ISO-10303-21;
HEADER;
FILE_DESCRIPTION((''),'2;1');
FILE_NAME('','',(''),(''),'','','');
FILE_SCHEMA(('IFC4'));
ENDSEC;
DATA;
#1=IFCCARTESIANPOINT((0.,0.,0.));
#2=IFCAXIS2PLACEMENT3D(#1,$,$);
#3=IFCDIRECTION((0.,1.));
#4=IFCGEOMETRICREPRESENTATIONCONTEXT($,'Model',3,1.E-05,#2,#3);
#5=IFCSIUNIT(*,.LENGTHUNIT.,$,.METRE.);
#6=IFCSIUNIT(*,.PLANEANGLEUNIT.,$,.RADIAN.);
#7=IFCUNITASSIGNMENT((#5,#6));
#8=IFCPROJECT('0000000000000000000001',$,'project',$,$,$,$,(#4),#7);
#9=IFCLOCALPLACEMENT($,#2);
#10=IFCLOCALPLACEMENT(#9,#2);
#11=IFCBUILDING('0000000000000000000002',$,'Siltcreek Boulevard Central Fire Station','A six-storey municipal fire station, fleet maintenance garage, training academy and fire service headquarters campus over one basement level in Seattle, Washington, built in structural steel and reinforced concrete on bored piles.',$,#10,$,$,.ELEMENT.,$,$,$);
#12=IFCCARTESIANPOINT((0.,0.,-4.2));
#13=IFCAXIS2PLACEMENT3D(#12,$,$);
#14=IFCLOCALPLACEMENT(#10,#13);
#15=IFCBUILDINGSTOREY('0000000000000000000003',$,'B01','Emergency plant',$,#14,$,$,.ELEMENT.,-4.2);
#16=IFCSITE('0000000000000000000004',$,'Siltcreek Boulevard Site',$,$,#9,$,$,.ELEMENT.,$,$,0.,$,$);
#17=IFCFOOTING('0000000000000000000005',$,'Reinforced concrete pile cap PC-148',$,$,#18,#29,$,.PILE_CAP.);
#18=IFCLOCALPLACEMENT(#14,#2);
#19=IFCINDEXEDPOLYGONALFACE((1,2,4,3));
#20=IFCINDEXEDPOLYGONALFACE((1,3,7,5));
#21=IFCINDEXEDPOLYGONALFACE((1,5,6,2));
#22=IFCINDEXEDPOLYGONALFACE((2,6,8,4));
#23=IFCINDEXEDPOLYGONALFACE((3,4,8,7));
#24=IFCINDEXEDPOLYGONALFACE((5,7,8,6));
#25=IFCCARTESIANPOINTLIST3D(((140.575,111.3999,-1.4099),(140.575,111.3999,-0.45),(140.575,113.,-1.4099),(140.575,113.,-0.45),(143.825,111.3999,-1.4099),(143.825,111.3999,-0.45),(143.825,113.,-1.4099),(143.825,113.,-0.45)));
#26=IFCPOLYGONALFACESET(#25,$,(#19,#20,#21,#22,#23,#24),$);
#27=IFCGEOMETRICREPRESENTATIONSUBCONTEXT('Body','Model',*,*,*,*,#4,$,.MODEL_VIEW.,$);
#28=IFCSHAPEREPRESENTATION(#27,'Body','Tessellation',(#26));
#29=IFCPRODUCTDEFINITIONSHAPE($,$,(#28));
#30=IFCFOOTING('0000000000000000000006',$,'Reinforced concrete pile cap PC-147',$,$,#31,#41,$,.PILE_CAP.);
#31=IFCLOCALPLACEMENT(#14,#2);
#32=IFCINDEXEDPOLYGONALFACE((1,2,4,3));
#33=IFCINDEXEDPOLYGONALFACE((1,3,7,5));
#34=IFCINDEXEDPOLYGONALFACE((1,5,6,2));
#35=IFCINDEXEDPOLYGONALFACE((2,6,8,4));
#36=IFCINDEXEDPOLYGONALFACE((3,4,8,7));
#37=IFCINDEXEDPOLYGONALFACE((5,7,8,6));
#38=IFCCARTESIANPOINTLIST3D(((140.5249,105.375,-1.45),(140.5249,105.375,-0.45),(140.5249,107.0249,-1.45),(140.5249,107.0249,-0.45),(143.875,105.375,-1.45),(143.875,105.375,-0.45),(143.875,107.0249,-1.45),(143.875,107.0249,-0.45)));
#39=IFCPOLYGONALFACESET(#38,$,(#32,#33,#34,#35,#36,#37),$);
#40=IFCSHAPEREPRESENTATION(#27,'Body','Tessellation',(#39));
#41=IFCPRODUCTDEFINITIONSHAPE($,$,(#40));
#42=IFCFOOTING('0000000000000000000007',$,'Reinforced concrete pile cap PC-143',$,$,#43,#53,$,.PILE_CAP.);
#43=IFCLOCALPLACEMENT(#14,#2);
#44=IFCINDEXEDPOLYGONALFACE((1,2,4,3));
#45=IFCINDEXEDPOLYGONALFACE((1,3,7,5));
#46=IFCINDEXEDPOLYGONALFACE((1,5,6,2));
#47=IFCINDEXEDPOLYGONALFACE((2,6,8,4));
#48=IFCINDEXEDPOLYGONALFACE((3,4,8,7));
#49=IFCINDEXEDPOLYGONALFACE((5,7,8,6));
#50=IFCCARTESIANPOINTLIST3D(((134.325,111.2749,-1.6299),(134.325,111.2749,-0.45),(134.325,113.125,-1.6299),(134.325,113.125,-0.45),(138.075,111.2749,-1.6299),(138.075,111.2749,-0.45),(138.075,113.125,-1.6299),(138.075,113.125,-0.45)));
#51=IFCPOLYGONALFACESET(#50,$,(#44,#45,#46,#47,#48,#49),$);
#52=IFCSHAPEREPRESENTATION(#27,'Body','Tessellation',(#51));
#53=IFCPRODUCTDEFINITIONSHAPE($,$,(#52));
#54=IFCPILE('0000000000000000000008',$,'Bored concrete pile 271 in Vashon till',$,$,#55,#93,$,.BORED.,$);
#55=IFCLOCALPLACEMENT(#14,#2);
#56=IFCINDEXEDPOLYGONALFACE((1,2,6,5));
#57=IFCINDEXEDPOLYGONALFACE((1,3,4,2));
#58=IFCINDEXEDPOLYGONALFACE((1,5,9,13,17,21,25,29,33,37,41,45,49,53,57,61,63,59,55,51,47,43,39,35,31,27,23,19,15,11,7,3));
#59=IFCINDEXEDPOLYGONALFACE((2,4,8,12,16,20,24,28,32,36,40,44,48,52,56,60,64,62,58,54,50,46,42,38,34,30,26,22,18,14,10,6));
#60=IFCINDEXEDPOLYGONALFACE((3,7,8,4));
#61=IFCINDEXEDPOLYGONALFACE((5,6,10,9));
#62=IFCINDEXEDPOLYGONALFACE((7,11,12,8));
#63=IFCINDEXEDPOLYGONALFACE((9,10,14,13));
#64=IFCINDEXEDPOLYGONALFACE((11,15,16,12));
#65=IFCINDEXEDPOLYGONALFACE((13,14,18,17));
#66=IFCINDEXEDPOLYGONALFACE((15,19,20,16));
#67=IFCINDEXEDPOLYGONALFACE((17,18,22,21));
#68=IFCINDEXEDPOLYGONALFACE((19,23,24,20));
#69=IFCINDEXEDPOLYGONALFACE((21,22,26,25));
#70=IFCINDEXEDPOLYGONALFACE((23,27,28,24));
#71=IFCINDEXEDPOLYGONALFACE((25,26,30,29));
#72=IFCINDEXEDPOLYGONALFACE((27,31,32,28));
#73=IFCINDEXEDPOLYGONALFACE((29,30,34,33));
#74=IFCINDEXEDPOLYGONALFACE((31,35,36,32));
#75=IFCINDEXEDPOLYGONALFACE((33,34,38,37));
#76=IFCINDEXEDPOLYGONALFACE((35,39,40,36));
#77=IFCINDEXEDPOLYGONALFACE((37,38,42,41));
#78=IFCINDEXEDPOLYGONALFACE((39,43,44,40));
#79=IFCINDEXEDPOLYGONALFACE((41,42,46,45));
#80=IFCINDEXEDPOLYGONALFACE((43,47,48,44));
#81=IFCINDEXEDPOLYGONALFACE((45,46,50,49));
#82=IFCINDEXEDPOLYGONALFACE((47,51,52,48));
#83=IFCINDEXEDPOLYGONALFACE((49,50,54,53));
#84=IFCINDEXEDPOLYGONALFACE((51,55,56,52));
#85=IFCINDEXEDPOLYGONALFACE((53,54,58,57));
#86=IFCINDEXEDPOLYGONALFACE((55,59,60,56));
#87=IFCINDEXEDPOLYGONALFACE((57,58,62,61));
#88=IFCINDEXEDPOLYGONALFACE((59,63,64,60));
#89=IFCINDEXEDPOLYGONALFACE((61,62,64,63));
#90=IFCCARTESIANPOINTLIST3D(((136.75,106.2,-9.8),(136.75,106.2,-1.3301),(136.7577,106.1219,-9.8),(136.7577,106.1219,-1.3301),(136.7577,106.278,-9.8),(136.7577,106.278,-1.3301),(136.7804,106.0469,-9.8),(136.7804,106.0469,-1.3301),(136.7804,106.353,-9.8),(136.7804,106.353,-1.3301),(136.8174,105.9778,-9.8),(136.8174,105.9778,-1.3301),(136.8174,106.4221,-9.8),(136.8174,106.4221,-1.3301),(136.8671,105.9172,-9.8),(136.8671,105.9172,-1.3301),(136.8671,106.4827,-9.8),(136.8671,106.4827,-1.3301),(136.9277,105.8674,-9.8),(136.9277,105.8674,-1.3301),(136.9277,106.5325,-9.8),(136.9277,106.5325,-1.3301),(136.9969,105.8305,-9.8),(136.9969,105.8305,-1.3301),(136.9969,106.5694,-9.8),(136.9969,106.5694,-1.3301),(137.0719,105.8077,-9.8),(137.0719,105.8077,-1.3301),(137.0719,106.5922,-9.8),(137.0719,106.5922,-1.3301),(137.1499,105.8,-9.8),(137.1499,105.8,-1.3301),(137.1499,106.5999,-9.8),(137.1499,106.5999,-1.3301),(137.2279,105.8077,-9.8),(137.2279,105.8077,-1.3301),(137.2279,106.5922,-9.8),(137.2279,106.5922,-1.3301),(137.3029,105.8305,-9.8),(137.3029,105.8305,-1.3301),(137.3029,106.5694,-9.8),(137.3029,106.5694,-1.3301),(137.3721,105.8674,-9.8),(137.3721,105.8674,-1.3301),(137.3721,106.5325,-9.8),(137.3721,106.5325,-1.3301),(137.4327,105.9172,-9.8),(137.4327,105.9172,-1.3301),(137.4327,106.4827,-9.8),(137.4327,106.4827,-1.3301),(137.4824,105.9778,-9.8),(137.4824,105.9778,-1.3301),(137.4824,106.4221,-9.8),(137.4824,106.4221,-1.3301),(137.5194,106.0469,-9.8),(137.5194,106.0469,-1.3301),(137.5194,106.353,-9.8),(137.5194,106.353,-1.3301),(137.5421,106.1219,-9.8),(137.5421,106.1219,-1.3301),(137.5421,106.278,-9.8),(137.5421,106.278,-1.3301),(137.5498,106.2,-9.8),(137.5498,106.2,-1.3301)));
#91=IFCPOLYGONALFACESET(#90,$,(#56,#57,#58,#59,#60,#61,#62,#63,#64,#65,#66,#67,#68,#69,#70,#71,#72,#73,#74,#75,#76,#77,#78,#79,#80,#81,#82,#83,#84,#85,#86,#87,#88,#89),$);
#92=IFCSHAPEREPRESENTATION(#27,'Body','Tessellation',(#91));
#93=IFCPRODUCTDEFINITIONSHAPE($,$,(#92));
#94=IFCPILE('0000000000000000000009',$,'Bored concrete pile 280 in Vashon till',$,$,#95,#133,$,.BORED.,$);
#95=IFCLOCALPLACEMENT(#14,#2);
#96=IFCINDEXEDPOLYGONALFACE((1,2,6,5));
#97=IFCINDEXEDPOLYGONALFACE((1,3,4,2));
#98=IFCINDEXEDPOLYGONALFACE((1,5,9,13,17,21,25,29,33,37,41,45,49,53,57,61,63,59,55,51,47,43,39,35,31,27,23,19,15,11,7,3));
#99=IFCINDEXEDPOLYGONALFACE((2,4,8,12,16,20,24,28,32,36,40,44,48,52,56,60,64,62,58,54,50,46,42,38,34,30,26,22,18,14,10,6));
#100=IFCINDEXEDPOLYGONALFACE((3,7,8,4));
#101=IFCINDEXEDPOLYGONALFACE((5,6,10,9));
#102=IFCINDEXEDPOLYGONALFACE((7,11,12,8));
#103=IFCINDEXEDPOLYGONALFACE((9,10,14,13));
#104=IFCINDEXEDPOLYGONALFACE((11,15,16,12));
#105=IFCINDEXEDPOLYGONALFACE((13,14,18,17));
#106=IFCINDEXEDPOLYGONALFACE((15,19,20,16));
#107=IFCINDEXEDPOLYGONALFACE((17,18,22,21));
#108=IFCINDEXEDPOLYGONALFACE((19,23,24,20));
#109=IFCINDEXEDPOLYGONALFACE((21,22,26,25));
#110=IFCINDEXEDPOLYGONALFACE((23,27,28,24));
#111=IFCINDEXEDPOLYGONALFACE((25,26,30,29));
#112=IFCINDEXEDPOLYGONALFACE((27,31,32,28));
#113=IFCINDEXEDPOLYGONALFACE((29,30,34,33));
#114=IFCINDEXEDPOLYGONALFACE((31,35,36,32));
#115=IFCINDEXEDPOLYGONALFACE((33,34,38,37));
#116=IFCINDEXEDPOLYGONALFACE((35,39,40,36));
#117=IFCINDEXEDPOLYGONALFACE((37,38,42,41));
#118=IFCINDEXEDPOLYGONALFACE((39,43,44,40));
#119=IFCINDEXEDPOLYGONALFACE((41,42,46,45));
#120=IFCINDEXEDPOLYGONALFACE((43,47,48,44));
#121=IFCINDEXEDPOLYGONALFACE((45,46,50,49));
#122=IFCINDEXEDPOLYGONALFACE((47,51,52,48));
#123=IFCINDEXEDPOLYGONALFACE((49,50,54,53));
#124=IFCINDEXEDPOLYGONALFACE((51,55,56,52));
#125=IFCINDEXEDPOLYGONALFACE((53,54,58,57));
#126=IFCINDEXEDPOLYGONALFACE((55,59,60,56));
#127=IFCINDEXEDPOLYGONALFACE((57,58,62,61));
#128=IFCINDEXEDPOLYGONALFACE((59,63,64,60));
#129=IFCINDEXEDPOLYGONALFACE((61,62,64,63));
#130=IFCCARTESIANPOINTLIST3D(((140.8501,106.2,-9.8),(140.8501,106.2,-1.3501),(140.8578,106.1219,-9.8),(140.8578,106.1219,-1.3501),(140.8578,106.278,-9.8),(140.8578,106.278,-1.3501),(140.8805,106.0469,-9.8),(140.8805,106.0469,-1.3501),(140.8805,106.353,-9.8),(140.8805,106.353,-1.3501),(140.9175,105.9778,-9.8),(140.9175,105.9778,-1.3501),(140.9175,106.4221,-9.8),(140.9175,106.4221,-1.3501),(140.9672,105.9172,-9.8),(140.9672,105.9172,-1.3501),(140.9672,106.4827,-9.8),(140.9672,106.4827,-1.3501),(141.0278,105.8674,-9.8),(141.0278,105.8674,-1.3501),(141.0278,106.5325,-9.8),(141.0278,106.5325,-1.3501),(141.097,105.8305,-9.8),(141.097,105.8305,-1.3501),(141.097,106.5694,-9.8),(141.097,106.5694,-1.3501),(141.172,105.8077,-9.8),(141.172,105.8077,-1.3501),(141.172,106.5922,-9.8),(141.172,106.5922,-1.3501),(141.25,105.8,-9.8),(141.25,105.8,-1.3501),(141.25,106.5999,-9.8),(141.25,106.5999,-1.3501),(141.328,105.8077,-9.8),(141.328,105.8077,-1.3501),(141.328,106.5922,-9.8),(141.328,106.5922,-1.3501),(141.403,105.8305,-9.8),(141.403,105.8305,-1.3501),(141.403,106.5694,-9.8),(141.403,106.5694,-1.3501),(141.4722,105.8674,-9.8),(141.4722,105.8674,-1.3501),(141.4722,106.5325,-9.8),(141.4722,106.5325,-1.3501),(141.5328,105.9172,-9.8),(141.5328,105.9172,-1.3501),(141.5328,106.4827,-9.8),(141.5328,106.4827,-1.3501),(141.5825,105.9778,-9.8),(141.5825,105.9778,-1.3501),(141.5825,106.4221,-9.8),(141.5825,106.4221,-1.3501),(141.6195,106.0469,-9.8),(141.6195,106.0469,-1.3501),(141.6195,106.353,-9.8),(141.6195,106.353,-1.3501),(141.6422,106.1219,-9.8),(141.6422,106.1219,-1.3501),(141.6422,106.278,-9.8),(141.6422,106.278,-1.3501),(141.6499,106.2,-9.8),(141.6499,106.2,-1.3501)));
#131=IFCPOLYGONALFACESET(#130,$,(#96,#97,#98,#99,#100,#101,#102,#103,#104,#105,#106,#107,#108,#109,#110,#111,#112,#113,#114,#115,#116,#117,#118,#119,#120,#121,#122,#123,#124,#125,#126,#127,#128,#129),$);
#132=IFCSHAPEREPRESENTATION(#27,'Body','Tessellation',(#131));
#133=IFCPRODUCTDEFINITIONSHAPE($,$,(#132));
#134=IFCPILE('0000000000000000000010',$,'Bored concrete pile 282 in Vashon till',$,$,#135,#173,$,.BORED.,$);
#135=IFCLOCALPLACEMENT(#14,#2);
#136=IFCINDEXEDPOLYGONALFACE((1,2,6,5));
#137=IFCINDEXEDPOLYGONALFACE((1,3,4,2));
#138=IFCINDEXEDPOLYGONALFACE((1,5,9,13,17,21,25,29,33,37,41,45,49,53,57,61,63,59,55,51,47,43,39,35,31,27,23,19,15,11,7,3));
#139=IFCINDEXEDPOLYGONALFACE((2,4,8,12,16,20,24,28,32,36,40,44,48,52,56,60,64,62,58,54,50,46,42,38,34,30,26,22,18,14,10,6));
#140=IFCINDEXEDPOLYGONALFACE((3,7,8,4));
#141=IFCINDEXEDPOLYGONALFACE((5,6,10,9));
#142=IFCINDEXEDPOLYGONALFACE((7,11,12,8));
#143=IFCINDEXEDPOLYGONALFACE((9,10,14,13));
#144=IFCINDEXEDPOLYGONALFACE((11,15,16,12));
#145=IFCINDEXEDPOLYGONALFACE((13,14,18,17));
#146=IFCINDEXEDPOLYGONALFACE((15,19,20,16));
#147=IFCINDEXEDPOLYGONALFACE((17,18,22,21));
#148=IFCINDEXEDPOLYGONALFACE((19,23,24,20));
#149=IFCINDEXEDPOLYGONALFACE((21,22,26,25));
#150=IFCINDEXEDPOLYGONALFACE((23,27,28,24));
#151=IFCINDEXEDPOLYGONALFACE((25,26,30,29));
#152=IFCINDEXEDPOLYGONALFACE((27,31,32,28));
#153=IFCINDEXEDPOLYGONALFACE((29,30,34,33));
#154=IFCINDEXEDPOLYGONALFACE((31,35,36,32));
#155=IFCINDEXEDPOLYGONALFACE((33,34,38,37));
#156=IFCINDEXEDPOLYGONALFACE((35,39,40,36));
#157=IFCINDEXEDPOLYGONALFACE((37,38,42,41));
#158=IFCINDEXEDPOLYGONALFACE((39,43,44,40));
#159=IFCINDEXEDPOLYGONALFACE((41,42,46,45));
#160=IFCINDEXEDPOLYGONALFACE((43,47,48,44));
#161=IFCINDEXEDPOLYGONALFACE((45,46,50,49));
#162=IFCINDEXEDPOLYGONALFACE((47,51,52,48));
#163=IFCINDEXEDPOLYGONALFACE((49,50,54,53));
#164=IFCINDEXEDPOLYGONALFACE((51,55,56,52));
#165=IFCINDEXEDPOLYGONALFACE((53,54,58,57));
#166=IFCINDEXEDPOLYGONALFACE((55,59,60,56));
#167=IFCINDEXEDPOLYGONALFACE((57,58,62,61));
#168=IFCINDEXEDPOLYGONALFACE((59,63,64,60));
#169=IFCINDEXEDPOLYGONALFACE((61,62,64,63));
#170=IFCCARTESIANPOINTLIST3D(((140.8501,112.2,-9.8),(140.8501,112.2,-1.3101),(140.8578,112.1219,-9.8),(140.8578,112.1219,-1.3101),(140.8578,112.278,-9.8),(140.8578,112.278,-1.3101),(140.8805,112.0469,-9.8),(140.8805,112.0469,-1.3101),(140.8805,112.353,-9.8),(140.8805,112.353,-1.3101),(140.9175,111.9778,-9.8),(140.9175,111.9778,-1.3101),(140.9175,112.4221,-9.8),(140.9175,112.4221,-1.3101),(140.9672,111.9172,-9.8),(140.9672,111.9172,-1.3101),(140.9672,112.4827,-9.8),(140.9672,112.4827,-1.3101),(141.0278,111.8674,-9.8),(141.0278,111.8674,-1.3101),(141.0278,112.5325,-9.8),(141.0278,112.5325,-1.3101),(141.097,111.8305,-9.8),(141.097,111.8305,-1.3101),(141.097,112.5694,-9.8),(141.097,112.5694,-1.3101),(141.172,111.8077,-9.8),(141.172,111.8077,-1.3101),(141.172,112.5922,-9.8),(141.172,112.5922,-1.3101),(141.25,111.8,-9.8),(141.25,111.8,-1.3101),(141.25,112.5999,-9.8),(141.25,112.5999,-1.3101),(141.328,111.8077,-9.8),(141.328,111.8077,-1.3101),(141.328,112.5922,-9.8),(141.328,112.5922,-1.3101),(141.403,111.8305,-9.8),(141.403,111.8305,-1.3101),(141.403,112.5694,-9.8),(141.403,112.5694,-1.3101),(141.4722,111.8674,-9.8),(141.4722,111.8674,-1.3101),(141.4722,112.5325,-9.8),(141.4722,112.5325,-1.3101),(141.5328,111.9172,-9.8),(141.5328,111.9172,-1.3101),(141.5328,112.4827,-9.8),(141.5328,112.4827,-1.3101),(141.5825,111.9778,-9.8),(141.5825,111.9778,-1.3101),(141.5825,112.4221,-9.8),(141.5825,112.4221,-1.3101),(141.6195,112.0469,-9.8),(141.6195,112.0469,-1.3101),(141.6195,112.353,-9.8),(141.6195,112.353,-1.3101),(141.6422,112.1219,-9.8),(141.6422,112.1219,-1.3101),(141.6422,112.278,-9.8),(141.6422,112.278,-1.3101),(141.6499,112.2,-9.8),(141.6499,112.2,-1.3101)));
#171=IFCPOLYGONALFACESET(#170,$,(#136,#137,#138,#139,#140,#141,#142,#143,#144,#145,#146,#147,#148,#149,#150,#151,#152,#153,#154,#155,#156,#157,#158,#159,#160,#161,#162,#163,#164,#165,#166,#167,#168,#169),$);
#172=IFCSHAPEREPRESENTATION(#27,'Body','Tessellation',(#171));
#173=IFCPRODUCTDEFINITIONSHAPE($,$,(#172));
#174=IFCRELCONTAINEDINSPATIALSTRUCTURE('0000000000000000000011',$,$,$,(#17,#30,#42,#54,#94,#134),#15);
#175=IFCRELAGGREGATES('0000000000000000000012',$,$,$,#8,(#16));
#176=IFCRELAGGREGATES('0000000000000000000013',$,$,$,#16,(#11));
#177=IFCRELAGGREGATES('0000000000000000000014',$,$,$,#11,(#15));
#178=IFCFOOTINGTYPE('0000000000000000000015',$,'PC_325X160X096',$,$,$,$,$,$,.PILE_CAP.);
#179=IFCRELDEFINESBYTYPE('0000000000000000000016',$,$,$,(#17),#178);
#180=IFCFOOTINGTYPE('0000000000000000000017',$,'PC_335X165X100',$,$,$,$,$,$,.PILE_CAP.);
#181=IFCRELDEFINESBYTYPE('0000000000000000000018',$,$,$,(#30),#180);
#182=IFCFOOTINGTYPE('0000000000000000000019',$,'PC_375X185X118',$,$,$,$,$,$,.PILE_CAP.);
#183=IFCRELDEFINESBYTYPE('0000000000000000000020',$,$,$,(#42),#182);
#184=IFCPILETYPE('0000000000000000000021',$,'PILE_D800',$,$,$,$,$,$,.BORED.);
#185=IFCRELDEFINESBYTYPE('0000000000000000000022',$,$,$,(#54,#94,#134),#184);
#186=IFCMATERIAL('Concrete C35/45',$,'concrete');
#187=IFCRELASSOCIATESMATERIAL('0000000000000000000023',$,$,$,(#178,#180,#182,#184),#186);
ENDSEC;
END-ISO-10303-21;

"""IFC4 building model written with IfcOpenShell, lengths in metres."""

from ifc_helpers import new_model, si_unit, direction, frame, origin, origin_2d, place, context, subcontext, project, spatial, rectangle, circle, extrude, material, material_profile, profile_set, type_object, element, save


model = new_model("IFC4")

# Units and contexts
model_context = context("Model", 3, precision=1e-05, world=origin(), true_north=direction((0.0, 1.0)))
body_context = subcontext(model_context, "Body", "Model", "MODEL_VIEW")
ifc_project = project(units=[si_unit("LENGTHUNIT", "METRE"), si_unit("PLANEANGLEUNIT", "RADIAN")], contexts=[model_context])

# Site, building, storey
site_placement = place(None, origin())
site = spatial("IfcSite", under=ifc_project, at=site_placement, Name="Siltcreek Boulevard Site", CompositionType="ELEMENT", RefElevation=0.0)
building_placement = place(site_placement, origin())
building = spatial("IfcBuilding", under=site, at=building_placement, Name="Siltcreek Boulevard Central Fire Station", Description="A six-storey municipal fire station, fleet maintenance garage, training academy and fire service headquarters campus over one basement level in Seattle, Washington, built in structural steel and reinforced concrete on bored piles.", CompositionType="ELEMENT")
storey_placement = place(building_placement, frame((0.0, 0.0, -4.2)))
storey = spatial("IfcBuildingStorey", under=building, at=storey_placement, Name="B01", Description="Emergency plant", CompositionType="ELEMENT", Elevation=-4.2)

# Footings
ifc_material_1 = material(Name="Concrete C35/45", Category="concrete")
footing_type_1 = type_object("IfcFootingType", Name="PC_325X160X096", PredefinedType="PILE_CAP", material=ifc_material_1)
footing_1_placement = place(storey_placement, frame((142.2, 112.2, -1.4099), z_axis=(0.0, 0.0, 1.0), x_axis=(1.0, 0.0, 0.0)))
element("IfcFooting", 1, at=footing_1_placement, inside=storey, type_object=footing_type_1, Name="Reinforced concrete pile cap PC-148", PredefinedType="PILE_CAP", context=body_context, shape_type="SweptSolid", body=[
    extrude(rectangle(XDim=3.25, YDim=1.6001, at=origin_2d()), origin(), (0.0, 0.0, 1.0), 0.96),
])
footing_type_2 = type_object("IfcFootingType", Name="PC_335X165X100", PredefinedType="PILE_CAP", material=ifc_material_1)
footing_2_placement = place(storey_placement, frame((142.2, 106.2, -1.45), z_axis=(0.0, 0.0, 1.0), x_axis=(1.0, 0.0, 0.0)))
element("IfcFooting", 2, at=footing_2_placement, inside=storey, type_object=footing_type_2, Name="Reinforced concrete pile cap PC-147", PredefinedType="PILE_CAP", context=body_context, shape_type="SweptSolid", body=[
    extrude(rectangle(XDim=3.3501, YDim=1.6499, at=origin_2d()), origin(), (0.0, 0.0, 1.0), 1.0),
])
footing_type_3 = type_object("IfcFootingType", Name="PC_375X185X118", PredefinedType="PILE_CAP", material=ifc_material_1)
footing_3_placement = place(storey_placement, frame((136.2, 112.2, -1.6299), z_axis=(0.0, 0.0, 1.0), x_axis=(1.0, 0.0, 0.0)))
element("IfcFooting", 3, at=footing_3_placement, inside=storey, type_object=footing_type_3, Name="Reinforced concrete pile cap PC-143", PredefinedType="PILE_CAP", context=body_context, shape_type="SweptSolid", body=[
    extrude(rectangle(XDim=3.75, YDim=1.8501, at=origin_2d()), origin(), (0.0, 0.0, 1.0), 1.1799),
])

# Piles
ifc_material_profile_1 = material_profile(ifc_material_1, circle(Radius=0.3999, at=origin_2d()), Name="SHAFT800")
ifc_profile_set_1 = profile_set([ifc_material_profile_1], Name="Concrete C35/45")
pile_type_1 = type_object("IfcPileType", Name="PILE_D800", PredefinedType="BORED", material=ifc_profile_set_1)
pile_1_placement = place(storey_placement, frame((137.1499, 106.2, -1.3301), z_axis=(0.0, 0.0, -1.0), x_axis=(1.0, 0.0, 0.0)))
element("IfcPile", 4, at=pile_1_placement, inside=storey, type_object=pile_type_1, Name="Bored concrete pile 271 in Vashon till", PredefinedType="BORED", context=body_context, shape_type="SweptSolid", body=[
    extrude(circle(Radius=0.3999, at=origin_2d()), origin(), (0.0, 0.0, 1.0), 8.47),
])
pile_2_placement = place(storey_placement, frame((141.25, 106.2, -1.3501), z_axis=(0.0, 0.0, -1.0), x_axis=(1.0, 0.0, 0.0)))
element("IfcPile", 5, at=pile_2_placement, inside=storey, type_object=pile_type_1, Name="Bored concrete pile 280 in Vashon till", PredefinedType="BORED", context=body_context, shape_type="SweptSolid", body=[
    extrude(circle(Radius=0.3999, at=origin_2d()), origin(), (0.0, 0.0, 1.0), 8.45),
])
pile_3_placement = place(storey_placement, frame((141.25, 112.2, -1.3101), z_axis=(0.0, 0.0, -1.0), x_axis=(1.0, 0.0, 0.0)))
element("IfcPile", 6, at=pile_3_placement, inside=storey, type_object=pile_type_1, Name="Bored concrete pile 282 in Vashon till", PredefinedType="BORED", context=body_context, shape_type="SweptSolid", body=[
    extrude(circle(Radius=0.3999, at=origin_2d()), origin(), (0.0, 0.0, 1.0), 8.49),
])

save(model, "model.ifc")
